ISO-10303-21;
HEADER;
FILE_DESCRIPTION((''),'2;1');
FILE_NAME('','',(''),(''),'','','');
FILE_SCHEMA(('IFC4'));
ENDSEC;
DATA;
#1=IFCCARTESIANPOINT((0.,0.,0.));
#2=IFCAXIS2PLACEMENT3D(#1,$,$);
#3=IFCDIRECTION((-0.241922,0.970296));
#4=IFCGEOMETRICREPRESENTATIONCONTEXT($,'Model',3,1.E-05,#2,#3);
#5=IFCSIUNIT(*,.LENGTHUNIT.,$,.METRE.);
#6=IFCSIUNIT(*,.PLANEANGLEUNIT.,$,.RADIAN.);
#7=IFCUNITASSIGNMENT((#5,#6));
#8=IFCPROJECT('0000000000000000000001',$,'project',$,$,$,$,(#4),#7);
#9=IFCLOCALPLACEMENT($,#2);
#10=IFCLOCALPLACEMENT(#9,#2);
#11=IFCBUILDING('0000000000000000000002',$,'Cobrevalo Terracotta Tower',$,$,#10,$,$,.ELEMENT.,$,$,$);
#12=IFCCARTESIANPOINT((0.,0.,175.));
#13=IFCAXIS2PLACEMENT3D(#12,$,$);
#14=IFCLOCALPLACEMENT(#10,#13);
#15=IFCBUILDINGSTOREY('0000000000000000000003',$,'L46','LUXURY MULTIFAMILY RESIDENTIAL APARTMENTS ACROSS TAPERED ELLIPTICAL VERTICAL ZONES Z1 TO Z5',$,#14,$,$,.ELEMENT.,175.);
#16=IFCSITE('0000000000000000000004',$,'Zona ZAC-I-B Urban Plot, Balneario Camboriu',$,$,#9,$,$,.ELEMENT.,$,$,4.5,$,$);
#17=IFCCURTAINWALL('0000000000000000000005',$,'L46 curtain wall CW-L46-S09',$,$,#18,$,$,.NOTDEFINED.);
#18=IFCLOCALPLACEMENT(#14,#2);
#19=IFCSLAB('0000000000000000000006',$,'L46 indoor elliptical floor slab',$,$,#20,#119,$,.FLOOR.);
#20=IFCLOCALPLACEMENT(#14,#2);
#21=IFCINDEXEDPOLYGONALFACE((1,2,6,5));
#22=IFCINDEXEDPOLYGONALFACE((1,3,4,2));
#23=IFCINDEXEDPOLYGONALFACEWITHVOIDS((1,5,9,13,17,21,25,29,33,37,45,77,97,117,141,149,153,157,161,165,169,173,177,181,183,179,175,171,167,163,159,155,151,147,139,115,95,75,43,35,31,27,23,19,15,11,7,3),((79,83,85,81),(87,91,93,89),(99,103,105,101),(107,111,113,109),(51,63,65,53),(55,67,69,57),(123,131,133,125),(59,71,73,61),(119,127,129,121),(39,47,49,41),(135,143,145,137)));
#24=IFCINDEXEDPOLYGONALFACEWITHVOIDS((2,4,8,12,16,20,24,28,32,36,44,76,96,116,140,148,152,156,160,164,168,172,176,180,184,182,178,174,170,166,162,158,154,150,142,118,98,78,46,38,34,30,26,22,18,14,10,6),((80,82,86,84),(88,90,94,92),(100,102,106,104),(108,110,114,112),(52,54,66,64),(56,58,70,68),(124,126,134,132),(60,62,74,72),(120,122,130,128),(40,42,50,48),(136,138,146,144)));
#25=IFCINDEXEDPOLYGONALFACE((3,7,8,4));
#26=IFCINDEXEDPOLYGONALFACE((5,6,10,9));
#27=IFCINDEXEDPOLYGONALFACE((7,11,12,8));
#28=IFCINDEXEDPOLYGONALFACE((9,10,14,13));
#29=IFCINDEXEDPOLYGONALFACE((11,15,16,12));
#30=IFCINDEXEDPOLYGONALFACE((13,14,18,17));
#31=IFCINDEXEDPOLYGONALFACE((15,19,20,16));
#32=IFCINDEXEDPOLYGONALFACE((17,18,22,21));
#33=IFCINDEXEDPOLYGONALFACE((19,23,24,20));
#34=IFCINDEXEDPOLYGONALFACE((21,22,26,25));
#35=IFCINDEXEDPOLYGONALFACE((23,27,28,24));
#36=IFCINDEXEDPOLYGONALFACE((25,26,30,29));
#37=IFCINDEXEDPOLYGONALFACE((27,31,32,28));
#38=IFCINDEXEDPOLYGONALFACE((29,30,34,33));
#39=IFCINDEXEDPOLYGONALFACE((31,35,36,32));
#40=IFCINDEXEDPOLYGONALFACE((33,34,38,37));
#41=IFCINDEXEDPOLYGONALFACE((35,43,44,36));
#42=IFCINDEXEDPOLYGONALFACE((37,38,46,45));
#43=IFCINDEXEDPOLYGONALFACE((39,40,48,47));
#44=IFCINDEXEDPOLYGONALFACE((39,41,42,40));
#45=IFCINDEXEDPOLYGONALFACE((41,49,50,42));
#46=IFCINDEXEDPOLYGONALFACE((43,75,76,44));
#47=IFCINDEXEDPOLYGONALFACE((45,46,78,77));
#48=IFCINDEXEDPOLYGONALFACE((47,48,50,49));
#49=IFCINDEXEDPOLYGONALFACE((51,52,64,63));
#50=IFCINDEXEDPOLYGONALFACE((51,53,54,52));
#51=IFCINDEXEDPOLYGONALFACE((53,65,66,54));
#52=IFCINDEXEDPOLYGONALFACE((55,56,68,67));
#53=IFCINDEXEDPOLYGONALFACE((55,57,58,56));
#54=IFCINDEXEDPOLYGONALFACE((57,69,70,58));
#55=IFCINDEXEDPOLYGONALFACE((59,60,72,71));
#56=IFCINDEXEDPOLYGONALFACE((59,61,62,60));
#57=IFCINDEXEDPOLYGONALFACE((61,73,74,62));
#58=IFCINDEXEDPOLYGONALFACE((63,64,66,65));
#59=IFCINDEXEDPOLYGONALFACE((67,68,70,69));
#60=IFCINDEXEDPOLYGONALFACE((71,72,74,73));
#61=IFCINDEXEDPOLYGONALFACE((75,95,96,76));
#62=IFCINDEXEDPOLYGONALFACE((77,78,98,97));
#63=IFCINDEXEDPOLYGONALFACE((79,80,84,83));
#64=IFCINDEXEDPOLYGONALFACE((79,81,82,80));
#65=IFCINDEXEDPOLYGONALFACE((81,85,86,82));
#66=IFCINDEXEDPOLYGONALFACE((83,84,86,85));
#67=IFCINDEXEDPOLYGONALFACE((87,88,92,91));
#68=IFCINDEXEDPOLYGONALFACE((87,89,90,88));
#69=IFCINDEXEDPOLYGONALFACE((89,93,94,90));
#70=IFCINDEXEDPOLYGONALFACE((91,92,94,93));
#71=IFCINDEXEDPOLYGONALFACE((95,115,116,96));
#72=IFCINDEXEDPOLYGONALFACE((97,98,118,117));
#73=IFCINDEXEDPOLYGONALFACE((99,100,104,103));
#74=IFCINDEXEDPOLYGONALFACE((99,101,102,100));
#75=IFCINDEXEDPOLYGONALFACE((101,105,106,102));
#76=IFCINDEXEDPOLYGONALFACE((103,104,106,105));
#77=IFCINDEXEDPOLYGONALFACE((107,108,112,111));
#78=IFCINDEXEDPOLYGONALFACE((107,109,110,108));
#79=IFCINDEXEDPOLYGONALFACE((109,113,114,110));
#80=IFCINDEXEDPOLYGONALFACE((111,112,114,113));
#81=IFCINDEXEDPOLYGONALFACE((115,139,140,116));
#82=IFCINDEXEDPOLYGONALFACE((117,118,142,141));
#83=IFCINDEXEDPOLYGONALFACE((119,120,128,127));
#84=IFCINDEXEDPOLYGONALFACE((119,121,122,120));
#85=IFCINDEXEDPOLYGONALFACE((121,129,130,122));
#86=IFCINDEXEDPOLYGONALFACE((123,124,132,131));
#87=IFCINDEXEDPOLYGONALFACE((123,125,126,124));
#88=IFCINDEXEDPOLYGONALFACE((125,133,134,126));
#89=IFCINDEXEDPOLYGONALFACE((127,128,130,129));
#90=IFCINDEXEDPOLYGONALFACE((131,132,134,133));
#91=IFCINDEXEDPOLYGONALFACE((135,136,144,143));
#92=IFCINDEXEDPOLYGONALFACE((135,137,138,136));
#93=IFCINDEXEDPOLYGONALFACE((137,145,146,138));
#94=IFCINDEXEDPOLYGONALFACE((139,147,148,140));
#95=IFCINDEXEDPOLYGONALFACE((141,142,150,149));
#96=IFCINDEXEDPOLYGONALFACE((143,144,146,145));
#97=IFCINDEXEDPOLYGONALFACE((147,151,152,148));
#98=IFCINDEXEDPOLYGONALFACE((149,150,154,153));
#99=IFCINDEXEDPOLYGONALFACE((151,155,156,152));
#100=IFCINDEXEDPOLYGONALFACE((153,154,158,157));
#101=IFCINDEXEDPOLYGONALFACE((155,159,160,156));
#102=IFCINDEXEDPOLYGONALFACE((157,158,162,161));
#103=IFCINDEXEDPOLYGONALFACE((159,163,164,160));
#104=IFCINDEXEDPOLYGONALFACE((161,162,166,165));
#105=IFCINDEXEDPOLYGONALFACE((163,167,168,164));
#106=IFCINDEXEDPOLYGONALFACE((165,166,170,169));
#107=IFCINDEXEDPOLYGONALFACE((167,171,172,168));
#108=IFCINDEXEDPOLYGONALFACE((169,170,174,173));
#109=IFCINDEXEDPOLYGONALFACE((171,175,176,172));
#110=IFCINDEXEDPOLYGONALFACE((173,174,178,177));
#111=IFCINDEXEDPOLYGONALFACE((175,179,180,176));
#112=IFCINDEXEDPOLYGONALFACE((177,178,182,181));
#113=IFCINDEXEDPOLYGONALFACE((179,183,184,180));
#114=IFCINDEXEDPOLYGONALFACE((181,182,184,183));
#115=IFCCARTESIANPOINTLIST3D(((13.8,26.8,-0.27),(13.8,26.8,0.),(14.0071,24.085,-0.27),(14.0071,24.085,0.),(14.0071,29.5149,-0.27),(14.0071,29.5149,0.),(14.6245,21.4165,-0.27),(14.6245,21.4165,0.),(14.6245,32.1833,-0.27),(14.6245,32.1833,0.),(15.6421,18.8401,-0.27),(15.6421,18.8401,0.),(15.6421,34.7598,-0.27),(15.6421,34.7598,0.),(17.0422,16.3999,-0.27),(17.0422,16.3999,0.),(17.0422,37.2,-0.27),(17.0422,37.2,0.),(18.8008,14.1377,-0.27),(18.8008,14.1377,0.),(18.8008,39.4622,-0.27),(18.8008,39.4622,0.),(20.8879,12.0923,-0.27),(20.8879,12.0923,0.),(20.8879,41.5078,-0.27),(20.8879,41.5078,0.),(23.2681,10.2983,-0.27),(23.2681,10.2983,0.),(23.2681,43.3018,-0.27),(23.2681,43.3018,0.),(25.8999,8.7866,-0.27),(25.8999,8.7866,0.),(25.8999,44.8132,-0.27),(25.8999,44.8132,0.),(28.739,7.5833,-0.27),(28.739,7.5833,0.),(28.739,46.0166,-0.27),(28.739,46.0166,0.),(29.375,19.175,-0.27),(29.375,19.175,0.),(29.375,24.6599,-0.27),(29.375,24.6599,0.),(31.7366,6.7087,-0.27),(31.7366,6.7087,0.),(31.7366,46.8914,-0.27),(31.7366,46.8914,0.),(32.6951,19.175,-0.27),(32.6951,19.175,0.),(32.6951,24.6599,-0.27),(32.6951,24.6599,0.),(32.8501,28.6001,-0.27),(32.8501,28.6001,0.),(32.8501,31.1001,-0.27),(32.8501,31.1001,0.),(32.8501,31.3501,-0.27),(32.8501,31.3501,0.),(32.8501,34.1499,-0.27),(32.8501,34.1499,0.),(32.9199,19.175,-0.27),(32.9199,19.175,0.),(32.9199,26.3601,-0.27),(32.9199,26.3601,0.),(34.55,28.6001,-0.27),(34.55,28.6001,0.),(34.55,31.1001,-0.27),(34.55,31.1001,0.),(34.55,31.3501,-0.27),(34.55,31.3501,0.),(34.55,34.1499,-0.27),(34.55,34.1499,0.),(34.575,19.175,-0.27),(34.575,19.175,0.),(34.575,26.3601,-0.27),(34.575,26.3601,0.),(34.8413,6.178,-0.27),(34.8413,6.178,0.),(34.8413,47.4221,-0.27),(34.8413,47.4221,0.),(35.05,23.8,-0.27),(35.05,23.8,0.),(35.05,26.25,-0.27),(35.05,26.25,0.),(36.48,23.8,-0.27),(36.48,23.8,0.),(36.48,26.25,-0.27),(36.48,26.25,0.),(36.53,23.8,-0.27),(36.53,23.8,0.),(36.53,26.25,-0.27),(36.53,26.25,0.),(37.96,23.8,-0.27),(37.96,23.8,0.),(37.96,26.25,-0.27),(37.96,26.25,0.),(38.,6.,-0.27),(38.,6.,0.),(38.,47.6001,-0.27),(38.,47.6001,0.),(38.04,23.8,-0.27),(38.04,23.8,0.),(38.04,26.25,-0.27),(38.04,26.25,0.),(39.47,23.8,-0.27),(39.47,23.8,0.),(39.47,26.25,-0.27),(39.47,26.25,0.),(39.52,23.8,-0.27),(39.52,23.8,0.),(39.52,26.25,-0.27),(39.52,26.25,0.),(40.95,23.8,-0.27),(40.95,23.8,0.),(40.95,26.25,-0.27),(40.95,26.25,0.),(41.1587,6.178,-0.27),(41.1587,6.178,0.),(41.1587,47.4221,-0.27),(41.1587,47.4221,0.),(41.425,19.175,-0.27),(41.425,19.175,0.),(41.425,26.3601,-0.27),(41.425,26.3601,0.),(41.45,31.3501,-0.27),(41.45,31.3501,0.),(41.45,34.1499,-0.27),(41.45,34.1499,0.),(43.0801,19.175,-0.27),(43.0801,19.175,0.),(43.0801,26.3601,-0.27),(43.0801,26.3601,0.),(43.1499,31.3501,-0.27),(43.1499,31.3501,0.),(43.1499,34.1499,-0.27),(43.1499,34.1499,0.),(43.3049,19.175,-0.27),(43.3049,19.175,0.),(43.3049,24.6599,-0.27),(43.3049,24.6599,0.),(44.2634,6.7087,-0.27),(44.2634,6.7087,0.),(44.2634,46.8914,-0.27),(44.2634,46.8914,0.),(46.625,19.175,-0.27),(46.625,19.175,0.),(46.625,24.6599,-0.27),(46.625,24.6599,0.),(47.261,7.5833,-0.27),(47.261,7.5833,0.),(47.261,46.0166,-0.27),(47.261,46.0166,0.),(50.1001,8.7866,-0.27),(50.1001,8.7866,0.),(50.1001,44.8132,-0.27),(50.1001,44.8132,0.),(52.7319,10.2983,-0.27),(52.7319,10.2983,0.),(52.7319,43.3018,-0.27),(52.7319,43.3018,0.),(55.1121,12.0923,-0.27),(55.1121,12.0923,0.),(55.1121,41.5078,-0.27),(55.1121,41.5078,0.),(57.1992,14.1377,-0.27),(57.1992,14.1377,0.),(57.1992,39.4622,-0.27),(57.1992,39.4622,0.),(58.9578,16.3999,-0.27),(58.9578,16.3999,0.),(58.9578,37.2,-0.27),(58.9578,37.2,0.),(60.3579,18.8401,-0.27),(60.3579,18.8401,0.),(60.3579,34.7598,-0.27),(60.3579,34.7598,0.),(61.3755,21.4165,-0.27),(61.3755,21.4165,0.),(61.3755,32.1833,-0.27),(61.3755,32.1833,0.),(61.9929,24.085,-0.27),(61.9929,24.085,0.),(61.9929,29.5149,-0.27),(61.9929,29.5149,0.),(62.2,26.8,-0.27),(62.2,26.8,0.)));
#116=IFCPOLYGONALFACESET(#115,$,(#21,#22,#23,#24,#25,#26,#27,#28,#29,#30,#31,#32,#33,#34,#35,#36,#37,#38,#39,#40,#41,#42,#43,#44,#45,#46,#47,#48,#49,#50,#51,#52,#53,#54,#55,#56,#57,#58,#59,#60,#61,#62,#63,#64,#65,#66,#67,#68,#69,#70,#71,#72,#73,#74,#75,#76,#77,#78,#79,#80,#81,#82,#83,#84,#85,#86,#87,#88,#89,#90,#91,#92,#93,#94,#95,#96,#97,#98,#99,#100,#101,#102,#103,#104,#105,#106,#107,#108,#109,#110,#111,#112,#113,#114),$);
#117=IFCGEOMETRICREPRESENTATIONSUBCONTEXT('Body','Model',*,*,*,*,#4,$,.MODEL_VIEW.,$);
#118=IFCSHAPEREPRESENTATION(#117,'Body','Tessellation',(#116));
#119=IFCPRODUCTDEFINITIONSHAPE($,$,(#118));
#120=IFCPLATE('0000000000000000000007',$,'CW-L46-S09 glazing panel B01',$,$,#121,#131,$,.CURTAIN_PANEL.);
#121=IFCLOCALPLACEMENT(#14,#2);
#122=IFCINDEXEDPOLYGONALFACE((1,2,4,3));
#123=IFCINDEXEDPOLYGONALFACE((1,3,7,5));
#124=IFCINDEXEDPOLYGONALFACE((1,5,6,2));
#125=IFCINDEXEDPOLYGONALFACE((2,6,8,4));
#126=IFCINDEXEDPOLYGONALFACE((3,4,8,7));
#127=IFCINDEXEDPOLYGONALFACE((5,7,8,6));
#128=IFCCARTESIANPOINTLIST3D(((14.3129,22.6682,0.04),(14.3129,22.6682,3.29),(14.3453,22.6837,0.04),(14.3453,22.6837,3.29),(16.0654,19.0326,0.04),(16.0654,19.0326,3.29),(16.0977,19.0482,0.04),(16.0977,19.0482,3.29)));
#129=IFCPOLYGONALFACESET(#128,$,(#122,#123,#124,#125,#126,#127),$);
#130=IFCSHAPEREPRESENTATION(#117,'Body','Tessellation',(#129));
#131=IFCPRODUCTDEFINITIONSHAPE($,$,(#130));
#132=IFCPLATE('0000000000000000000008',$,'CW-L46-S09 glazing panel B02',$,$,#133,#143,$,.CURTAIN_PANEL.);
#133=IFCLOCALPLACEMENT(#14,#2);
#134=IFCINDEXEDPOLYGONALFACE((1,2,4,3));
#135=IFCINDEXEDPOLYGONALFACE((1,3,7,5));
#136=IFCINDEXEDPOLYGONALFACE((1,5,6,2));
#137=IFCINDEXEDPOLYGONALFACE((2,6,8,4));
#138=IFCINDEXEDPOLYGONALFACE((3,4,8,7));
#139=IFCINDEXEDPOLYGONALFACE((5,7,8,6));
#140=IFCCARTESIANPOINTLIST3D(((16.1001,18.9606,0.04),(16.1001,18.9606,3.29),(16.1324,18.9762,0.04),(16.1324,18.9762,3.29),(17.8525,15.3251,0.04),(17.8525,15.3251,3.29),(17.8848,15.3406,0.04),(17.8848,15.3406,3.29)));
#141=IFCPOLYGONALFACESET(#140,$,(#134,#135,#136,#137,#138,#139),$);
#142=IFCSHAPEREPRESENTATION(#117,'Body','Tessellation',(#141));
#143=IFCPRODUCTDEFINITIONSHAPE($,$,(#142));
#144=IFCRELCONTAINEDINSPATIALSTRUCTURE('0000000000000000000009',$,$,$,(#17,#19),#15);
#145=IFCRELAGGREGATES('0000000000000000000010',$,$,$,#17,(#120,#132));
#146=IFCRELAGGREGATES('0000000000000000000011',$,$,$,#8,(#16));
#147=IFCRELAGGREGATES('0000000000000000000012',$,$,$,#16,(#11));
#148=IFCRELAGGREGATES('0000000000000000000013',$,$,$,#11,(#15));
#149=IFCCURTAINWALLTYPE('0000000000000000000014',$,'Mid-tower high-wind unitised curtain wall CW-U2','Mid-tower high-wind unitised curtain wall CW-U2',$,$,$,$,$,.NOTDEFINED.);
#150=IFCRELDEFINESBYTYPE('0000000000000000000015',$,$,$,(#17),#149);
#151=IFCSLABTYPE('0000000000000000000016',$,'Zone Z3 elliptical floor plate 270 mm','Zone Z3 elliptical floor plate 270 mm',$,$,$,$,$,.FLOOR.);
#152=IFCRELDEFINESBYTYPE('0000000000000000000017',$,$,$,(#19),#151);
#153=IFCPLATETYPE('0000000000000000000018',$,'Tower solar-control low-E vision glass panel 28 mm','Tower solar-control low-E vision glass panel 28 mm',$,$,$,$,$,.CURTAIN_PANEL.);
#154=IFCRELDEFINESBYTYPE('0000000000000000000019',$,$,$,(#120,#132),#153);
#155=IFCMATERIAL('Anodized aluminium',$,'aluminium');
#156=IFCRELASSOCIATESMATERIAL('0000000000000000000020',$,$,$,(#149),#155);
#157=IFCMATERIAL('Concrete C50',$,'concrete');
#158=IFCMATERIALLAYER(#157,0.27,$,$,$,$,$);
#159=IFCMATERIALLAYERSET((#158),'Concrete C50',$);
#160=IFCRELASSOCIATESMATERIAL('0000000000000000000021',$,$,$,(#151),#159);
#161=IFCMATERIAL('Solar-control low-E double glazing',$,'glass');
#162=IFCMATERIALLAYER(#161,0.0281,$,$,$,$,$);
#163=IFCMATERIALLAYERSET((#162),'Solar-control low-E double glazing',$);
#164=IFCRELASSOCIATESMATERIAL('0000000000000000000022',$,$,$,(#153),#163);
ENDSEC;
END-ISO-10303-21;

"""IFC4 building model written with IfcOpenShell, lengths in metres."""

from ifc_helpers import new_model, si_unit, direction, frame, origin, origin_2d, place, context, subcontext, project, spatial, polyline, rectangle, outline, extrude, source, transform, mapped, material, layer, layer_set, type_object, element, aggregate, save


model = new_model("IFC4")

# Units and contexts
model_context = context("Model", 3, precision=1e-05, world=origin(), true_north=direction((-0.241922, 0.970296)))
body_context = subcontext(model_context, "Body", "Model", "MODEL_VIEW")
ifc_project = project(units=[si_unit("LENGTHUNIT", "METRE"), si_unit("PLANEANGLEUNIT", "RADIAN")], contexts=[model_context])

# Site, building, storey
site_placement = place(None, origin())
site = spatial("IfcSite", under=ifc_project, at=site_placement, Name="Zona ZAC-I-B Urban Plot, Balneario Camboriu", CompositionType="ELEMENT", RefElevation=4.5)
building_placement = place(site_placement, origin())
building = spatial("IfcBuilding", under=site, at=building_placement, Name="Cobrevalo Terracotta Tower", CompositionType="ELEMENT")
storey_placement = place(building_placement, frame((0.0, 0.0, 175.0)))
storey = spatial("IfcBuildingStorey", under=building, at=storey_placement, Name="L46", Description="LUXURY MULTIFAMILY RESIDENTIAL APARTMENTS ACROSS TAPERED ELLIPTICAL VERTICAL ZONES Z1 TO Z5", CompositionType="ELEMENT", Elevation=175.0)

# Shared definitions
ifc_material_1 = material(Name="Anodized aluminium", Category="aluminium")
curtain_wall_type = type_object("IfcCurtainWallType", Name="Mid-tower high-wind unitised curtain wall CW-U2", Description="Mid-tower high-wind unitised curtain wall CW-U2", PredefinedType="NOTDEFINED", material=ifc_material_1)

# Curtain wall
curtain_wall_1_placement = place(storey_placement, origin())
curtain_wall_1 = element("IfcCurtainWall", 1, at=curtain_wall_1_placement, inside=storey, type_object=curtain_wall_type, Name="L46 curtain wall CW-L46-S09", PredefinedType="NOTDEFINED")

# Shared definitions
ifc_material_2 = material(Name="Concrete C50", Category="concrete")

# Slab
ifc_layer_1 = layer(ifc_material_2, 0.27)
ifc_layer_set_1 = layer_set([ifc_layer_1], Name="Concrete C50")
slab_type_1 = type_object("IfcSlabType", Name="Zone Z3 elliptical floor plate 270 mm", Description="Zone Z3 elliptical floor plate 270 mm", PredefinedType="FLOOR", material=ifc_layer_set_1)
slab_1_placement = place(storey_placement, frame((0.0, 0.0, -0.27)))
element("IfcSlab", 2, at=slab_1_placement, inside=storey, type_object=slab_type_1, Name="L46 indoor elliptical floor slab", PredefinedType="FLOOR", context=body_context, shape_type="SweptSolid", body=[
    extrude(outline(polyline([(61.9929, 24.085), (61.3755, 21.4165), (60.3579, 18.8401), (58.9578, 16.3999), (57.1992, 14.1377), (55.1121, 12.0923), (52.7319, 10.2983), (50.1001, 8.7866), (47.261, 7.5833), (44.2634, 6.7087), (41.1587, 6.178), (38.0, 6.0), (34.8413, 6.178), (31.7366, 6.7087), (28.739, 7.5833), (25.8999, 8.7866), (23.2681, 10.2983), (20.8879, 12.0923), (18.8008, 14.1377), (17.0422, 16.3999), (15.6421, 18.8401), (14.6245, 21.4165), (14.0071, 24.085), (13.8, 26.8), (14.0071, 29.5149), (14.6245, 32.1833), (15.6421, 34.7598), (17.0422, 37.2), (18.8008, 39.4622), (20.8879, 41.5078), (23.2681, 43.3018), (25.8999, 44.8132), (28.739, 46.0166), (31.7366, 46.8914), (34.8413, 47.4221), (38.0, 47.6001), (41.1587, 47.4221), (44.2634, 46.8914), (47.261, 46.0166), (50.1001, 44.8132), (52.7319, 43.3018), (55.1121, 41.5078), (57.1992, 39.4622), (58.9578, 37.2), (60.3579, 34.7598), (61.3755, 32.1833), (61.9929, 29.5149), (62.2, 26.8), (61.9929, 24.085)]), holes=[polyline([(32.6951, 19.175), (32.6951, 24.6599), (29.375, 24.6599), (29.375, 19.175), (32.6951, 19.175)]), polyline([(34.575, 26.3601), (32.9199, 26.3601), (32.9199, 19.175), (34.575, 19.175), (34.575, 26.3601)]), polyline([(36.48, 26.25), (35.05, 26.25), (35.05, 23.8), (36.48, 23.8), (36.48, 26.25)]), polyline([(37.96, 23.8), (37.96, 26.25), (36.53, 26.25), (36.53, 23.8), (37.96, 23.8)]), polyline([(34.55, 28.6001), (34.55, 31.1001), (32.8501, 31.1001), (32.8501, 28.6001), (34.55, 28.6001)]), polyline([(34.55, 34.1499), (32.8501, 34.1499), (32.8501, 31.3501), (34.55, 31.3501), (34.55, 34.1499)]), polyline([(43.3049, 19.175), (46.625, 19.175), (46.625, 24.6599), (43.3049, 24.6599), (43.3049, 19.175)]), polyline([(43.0801, 19.175), (43.0801, 26.3601), (41.425, 26.3601), (41.425, 19.175), (43.0801, 19.175)]), polyline([(39.47, 26.25), (38.04, 26.25), (38.04, 23.8), (39.47, 23.8), (39.47, 26.25)]), polyline([(40.95, 23.8), (40.95, 26.25), (39.52, 26.25), (39.52, 23.8), (40.95, 23.8)]), polyline([(43.1499, 31.3501), (43.1499, 34.1499), (41.45, 34.1499), (41.45, 31.3501), (43.1499, 31.3501)])]), origin(), (0.0, 0.0, 1.0), 0.27),
])

# Plates
ifc_material_3 = material(Name="Solar-control low-E double glazing", Category="glass")
ifc_layer_2 = layer(ifc_material_3, 0.0281)
ifc_layer_set_2 = layer_set([ifc_layer_2], Name="Solar-control low-E double glazing")
plate_type = type_object("IfcPlateType", Name="Tower solar-control low-E vision glass panel 28 mm", Description="Tower solar-control low-E vision glass panel 28 mm", PredefinedType="CURTAIN_PANEL", material=ifc_layer_set_2)
shared_shape_1 = source(origin(), body_context, "Body", "SweptSolid", [
    extrude(rectangle(XDim=4.0359, YDim=0.0359, at=origin_2d()), origin(), (0.0, 0.0, 1.0), 3.25),
])
plate_1_placement = place(storey_placement, frame((15.2053, 20.8582, 0.04), z_axis=(0.0, 0.0, 1.0), x_axis=(0.434209, -0.900812, 0.0)))
plate_1 = element("IfcPlate", 3, at=plate_1_placement, type_object=plate_type, Name="CW-L46-S09 glazing panel B01", PredefinedType="CURTAIN_PANEL", context=body_context, shape_type="MappedRepresentation", body=[
    mapped(shared_shape_1, transform((0.0, 0.0, 0.0), scale=1.0)),
])
plate_2_placement = place(storey_placement, frame((16.9924, 17.1506, 0.04), z_axis=(0.0, 0.0, 1.0), x_axis=(0.434209, -0.900812, 0.0)))
plate_2 = element("IfcPlate", 4, at=plate_2_placement, type_object=plate_type, Name="CW-L46-S09 glazing panel B02", PredefinedType="CURTAIN_PANEL", context=body_context, shape_type="MappedRepresentation", body=[
    mapped(shared_shape_1, transform((0.0, 0.0, 0.0), scale=1.0)),
])
aggregate(curtain_wall_1, [plate_1, plate_2])

save(model, "model.ifc")
